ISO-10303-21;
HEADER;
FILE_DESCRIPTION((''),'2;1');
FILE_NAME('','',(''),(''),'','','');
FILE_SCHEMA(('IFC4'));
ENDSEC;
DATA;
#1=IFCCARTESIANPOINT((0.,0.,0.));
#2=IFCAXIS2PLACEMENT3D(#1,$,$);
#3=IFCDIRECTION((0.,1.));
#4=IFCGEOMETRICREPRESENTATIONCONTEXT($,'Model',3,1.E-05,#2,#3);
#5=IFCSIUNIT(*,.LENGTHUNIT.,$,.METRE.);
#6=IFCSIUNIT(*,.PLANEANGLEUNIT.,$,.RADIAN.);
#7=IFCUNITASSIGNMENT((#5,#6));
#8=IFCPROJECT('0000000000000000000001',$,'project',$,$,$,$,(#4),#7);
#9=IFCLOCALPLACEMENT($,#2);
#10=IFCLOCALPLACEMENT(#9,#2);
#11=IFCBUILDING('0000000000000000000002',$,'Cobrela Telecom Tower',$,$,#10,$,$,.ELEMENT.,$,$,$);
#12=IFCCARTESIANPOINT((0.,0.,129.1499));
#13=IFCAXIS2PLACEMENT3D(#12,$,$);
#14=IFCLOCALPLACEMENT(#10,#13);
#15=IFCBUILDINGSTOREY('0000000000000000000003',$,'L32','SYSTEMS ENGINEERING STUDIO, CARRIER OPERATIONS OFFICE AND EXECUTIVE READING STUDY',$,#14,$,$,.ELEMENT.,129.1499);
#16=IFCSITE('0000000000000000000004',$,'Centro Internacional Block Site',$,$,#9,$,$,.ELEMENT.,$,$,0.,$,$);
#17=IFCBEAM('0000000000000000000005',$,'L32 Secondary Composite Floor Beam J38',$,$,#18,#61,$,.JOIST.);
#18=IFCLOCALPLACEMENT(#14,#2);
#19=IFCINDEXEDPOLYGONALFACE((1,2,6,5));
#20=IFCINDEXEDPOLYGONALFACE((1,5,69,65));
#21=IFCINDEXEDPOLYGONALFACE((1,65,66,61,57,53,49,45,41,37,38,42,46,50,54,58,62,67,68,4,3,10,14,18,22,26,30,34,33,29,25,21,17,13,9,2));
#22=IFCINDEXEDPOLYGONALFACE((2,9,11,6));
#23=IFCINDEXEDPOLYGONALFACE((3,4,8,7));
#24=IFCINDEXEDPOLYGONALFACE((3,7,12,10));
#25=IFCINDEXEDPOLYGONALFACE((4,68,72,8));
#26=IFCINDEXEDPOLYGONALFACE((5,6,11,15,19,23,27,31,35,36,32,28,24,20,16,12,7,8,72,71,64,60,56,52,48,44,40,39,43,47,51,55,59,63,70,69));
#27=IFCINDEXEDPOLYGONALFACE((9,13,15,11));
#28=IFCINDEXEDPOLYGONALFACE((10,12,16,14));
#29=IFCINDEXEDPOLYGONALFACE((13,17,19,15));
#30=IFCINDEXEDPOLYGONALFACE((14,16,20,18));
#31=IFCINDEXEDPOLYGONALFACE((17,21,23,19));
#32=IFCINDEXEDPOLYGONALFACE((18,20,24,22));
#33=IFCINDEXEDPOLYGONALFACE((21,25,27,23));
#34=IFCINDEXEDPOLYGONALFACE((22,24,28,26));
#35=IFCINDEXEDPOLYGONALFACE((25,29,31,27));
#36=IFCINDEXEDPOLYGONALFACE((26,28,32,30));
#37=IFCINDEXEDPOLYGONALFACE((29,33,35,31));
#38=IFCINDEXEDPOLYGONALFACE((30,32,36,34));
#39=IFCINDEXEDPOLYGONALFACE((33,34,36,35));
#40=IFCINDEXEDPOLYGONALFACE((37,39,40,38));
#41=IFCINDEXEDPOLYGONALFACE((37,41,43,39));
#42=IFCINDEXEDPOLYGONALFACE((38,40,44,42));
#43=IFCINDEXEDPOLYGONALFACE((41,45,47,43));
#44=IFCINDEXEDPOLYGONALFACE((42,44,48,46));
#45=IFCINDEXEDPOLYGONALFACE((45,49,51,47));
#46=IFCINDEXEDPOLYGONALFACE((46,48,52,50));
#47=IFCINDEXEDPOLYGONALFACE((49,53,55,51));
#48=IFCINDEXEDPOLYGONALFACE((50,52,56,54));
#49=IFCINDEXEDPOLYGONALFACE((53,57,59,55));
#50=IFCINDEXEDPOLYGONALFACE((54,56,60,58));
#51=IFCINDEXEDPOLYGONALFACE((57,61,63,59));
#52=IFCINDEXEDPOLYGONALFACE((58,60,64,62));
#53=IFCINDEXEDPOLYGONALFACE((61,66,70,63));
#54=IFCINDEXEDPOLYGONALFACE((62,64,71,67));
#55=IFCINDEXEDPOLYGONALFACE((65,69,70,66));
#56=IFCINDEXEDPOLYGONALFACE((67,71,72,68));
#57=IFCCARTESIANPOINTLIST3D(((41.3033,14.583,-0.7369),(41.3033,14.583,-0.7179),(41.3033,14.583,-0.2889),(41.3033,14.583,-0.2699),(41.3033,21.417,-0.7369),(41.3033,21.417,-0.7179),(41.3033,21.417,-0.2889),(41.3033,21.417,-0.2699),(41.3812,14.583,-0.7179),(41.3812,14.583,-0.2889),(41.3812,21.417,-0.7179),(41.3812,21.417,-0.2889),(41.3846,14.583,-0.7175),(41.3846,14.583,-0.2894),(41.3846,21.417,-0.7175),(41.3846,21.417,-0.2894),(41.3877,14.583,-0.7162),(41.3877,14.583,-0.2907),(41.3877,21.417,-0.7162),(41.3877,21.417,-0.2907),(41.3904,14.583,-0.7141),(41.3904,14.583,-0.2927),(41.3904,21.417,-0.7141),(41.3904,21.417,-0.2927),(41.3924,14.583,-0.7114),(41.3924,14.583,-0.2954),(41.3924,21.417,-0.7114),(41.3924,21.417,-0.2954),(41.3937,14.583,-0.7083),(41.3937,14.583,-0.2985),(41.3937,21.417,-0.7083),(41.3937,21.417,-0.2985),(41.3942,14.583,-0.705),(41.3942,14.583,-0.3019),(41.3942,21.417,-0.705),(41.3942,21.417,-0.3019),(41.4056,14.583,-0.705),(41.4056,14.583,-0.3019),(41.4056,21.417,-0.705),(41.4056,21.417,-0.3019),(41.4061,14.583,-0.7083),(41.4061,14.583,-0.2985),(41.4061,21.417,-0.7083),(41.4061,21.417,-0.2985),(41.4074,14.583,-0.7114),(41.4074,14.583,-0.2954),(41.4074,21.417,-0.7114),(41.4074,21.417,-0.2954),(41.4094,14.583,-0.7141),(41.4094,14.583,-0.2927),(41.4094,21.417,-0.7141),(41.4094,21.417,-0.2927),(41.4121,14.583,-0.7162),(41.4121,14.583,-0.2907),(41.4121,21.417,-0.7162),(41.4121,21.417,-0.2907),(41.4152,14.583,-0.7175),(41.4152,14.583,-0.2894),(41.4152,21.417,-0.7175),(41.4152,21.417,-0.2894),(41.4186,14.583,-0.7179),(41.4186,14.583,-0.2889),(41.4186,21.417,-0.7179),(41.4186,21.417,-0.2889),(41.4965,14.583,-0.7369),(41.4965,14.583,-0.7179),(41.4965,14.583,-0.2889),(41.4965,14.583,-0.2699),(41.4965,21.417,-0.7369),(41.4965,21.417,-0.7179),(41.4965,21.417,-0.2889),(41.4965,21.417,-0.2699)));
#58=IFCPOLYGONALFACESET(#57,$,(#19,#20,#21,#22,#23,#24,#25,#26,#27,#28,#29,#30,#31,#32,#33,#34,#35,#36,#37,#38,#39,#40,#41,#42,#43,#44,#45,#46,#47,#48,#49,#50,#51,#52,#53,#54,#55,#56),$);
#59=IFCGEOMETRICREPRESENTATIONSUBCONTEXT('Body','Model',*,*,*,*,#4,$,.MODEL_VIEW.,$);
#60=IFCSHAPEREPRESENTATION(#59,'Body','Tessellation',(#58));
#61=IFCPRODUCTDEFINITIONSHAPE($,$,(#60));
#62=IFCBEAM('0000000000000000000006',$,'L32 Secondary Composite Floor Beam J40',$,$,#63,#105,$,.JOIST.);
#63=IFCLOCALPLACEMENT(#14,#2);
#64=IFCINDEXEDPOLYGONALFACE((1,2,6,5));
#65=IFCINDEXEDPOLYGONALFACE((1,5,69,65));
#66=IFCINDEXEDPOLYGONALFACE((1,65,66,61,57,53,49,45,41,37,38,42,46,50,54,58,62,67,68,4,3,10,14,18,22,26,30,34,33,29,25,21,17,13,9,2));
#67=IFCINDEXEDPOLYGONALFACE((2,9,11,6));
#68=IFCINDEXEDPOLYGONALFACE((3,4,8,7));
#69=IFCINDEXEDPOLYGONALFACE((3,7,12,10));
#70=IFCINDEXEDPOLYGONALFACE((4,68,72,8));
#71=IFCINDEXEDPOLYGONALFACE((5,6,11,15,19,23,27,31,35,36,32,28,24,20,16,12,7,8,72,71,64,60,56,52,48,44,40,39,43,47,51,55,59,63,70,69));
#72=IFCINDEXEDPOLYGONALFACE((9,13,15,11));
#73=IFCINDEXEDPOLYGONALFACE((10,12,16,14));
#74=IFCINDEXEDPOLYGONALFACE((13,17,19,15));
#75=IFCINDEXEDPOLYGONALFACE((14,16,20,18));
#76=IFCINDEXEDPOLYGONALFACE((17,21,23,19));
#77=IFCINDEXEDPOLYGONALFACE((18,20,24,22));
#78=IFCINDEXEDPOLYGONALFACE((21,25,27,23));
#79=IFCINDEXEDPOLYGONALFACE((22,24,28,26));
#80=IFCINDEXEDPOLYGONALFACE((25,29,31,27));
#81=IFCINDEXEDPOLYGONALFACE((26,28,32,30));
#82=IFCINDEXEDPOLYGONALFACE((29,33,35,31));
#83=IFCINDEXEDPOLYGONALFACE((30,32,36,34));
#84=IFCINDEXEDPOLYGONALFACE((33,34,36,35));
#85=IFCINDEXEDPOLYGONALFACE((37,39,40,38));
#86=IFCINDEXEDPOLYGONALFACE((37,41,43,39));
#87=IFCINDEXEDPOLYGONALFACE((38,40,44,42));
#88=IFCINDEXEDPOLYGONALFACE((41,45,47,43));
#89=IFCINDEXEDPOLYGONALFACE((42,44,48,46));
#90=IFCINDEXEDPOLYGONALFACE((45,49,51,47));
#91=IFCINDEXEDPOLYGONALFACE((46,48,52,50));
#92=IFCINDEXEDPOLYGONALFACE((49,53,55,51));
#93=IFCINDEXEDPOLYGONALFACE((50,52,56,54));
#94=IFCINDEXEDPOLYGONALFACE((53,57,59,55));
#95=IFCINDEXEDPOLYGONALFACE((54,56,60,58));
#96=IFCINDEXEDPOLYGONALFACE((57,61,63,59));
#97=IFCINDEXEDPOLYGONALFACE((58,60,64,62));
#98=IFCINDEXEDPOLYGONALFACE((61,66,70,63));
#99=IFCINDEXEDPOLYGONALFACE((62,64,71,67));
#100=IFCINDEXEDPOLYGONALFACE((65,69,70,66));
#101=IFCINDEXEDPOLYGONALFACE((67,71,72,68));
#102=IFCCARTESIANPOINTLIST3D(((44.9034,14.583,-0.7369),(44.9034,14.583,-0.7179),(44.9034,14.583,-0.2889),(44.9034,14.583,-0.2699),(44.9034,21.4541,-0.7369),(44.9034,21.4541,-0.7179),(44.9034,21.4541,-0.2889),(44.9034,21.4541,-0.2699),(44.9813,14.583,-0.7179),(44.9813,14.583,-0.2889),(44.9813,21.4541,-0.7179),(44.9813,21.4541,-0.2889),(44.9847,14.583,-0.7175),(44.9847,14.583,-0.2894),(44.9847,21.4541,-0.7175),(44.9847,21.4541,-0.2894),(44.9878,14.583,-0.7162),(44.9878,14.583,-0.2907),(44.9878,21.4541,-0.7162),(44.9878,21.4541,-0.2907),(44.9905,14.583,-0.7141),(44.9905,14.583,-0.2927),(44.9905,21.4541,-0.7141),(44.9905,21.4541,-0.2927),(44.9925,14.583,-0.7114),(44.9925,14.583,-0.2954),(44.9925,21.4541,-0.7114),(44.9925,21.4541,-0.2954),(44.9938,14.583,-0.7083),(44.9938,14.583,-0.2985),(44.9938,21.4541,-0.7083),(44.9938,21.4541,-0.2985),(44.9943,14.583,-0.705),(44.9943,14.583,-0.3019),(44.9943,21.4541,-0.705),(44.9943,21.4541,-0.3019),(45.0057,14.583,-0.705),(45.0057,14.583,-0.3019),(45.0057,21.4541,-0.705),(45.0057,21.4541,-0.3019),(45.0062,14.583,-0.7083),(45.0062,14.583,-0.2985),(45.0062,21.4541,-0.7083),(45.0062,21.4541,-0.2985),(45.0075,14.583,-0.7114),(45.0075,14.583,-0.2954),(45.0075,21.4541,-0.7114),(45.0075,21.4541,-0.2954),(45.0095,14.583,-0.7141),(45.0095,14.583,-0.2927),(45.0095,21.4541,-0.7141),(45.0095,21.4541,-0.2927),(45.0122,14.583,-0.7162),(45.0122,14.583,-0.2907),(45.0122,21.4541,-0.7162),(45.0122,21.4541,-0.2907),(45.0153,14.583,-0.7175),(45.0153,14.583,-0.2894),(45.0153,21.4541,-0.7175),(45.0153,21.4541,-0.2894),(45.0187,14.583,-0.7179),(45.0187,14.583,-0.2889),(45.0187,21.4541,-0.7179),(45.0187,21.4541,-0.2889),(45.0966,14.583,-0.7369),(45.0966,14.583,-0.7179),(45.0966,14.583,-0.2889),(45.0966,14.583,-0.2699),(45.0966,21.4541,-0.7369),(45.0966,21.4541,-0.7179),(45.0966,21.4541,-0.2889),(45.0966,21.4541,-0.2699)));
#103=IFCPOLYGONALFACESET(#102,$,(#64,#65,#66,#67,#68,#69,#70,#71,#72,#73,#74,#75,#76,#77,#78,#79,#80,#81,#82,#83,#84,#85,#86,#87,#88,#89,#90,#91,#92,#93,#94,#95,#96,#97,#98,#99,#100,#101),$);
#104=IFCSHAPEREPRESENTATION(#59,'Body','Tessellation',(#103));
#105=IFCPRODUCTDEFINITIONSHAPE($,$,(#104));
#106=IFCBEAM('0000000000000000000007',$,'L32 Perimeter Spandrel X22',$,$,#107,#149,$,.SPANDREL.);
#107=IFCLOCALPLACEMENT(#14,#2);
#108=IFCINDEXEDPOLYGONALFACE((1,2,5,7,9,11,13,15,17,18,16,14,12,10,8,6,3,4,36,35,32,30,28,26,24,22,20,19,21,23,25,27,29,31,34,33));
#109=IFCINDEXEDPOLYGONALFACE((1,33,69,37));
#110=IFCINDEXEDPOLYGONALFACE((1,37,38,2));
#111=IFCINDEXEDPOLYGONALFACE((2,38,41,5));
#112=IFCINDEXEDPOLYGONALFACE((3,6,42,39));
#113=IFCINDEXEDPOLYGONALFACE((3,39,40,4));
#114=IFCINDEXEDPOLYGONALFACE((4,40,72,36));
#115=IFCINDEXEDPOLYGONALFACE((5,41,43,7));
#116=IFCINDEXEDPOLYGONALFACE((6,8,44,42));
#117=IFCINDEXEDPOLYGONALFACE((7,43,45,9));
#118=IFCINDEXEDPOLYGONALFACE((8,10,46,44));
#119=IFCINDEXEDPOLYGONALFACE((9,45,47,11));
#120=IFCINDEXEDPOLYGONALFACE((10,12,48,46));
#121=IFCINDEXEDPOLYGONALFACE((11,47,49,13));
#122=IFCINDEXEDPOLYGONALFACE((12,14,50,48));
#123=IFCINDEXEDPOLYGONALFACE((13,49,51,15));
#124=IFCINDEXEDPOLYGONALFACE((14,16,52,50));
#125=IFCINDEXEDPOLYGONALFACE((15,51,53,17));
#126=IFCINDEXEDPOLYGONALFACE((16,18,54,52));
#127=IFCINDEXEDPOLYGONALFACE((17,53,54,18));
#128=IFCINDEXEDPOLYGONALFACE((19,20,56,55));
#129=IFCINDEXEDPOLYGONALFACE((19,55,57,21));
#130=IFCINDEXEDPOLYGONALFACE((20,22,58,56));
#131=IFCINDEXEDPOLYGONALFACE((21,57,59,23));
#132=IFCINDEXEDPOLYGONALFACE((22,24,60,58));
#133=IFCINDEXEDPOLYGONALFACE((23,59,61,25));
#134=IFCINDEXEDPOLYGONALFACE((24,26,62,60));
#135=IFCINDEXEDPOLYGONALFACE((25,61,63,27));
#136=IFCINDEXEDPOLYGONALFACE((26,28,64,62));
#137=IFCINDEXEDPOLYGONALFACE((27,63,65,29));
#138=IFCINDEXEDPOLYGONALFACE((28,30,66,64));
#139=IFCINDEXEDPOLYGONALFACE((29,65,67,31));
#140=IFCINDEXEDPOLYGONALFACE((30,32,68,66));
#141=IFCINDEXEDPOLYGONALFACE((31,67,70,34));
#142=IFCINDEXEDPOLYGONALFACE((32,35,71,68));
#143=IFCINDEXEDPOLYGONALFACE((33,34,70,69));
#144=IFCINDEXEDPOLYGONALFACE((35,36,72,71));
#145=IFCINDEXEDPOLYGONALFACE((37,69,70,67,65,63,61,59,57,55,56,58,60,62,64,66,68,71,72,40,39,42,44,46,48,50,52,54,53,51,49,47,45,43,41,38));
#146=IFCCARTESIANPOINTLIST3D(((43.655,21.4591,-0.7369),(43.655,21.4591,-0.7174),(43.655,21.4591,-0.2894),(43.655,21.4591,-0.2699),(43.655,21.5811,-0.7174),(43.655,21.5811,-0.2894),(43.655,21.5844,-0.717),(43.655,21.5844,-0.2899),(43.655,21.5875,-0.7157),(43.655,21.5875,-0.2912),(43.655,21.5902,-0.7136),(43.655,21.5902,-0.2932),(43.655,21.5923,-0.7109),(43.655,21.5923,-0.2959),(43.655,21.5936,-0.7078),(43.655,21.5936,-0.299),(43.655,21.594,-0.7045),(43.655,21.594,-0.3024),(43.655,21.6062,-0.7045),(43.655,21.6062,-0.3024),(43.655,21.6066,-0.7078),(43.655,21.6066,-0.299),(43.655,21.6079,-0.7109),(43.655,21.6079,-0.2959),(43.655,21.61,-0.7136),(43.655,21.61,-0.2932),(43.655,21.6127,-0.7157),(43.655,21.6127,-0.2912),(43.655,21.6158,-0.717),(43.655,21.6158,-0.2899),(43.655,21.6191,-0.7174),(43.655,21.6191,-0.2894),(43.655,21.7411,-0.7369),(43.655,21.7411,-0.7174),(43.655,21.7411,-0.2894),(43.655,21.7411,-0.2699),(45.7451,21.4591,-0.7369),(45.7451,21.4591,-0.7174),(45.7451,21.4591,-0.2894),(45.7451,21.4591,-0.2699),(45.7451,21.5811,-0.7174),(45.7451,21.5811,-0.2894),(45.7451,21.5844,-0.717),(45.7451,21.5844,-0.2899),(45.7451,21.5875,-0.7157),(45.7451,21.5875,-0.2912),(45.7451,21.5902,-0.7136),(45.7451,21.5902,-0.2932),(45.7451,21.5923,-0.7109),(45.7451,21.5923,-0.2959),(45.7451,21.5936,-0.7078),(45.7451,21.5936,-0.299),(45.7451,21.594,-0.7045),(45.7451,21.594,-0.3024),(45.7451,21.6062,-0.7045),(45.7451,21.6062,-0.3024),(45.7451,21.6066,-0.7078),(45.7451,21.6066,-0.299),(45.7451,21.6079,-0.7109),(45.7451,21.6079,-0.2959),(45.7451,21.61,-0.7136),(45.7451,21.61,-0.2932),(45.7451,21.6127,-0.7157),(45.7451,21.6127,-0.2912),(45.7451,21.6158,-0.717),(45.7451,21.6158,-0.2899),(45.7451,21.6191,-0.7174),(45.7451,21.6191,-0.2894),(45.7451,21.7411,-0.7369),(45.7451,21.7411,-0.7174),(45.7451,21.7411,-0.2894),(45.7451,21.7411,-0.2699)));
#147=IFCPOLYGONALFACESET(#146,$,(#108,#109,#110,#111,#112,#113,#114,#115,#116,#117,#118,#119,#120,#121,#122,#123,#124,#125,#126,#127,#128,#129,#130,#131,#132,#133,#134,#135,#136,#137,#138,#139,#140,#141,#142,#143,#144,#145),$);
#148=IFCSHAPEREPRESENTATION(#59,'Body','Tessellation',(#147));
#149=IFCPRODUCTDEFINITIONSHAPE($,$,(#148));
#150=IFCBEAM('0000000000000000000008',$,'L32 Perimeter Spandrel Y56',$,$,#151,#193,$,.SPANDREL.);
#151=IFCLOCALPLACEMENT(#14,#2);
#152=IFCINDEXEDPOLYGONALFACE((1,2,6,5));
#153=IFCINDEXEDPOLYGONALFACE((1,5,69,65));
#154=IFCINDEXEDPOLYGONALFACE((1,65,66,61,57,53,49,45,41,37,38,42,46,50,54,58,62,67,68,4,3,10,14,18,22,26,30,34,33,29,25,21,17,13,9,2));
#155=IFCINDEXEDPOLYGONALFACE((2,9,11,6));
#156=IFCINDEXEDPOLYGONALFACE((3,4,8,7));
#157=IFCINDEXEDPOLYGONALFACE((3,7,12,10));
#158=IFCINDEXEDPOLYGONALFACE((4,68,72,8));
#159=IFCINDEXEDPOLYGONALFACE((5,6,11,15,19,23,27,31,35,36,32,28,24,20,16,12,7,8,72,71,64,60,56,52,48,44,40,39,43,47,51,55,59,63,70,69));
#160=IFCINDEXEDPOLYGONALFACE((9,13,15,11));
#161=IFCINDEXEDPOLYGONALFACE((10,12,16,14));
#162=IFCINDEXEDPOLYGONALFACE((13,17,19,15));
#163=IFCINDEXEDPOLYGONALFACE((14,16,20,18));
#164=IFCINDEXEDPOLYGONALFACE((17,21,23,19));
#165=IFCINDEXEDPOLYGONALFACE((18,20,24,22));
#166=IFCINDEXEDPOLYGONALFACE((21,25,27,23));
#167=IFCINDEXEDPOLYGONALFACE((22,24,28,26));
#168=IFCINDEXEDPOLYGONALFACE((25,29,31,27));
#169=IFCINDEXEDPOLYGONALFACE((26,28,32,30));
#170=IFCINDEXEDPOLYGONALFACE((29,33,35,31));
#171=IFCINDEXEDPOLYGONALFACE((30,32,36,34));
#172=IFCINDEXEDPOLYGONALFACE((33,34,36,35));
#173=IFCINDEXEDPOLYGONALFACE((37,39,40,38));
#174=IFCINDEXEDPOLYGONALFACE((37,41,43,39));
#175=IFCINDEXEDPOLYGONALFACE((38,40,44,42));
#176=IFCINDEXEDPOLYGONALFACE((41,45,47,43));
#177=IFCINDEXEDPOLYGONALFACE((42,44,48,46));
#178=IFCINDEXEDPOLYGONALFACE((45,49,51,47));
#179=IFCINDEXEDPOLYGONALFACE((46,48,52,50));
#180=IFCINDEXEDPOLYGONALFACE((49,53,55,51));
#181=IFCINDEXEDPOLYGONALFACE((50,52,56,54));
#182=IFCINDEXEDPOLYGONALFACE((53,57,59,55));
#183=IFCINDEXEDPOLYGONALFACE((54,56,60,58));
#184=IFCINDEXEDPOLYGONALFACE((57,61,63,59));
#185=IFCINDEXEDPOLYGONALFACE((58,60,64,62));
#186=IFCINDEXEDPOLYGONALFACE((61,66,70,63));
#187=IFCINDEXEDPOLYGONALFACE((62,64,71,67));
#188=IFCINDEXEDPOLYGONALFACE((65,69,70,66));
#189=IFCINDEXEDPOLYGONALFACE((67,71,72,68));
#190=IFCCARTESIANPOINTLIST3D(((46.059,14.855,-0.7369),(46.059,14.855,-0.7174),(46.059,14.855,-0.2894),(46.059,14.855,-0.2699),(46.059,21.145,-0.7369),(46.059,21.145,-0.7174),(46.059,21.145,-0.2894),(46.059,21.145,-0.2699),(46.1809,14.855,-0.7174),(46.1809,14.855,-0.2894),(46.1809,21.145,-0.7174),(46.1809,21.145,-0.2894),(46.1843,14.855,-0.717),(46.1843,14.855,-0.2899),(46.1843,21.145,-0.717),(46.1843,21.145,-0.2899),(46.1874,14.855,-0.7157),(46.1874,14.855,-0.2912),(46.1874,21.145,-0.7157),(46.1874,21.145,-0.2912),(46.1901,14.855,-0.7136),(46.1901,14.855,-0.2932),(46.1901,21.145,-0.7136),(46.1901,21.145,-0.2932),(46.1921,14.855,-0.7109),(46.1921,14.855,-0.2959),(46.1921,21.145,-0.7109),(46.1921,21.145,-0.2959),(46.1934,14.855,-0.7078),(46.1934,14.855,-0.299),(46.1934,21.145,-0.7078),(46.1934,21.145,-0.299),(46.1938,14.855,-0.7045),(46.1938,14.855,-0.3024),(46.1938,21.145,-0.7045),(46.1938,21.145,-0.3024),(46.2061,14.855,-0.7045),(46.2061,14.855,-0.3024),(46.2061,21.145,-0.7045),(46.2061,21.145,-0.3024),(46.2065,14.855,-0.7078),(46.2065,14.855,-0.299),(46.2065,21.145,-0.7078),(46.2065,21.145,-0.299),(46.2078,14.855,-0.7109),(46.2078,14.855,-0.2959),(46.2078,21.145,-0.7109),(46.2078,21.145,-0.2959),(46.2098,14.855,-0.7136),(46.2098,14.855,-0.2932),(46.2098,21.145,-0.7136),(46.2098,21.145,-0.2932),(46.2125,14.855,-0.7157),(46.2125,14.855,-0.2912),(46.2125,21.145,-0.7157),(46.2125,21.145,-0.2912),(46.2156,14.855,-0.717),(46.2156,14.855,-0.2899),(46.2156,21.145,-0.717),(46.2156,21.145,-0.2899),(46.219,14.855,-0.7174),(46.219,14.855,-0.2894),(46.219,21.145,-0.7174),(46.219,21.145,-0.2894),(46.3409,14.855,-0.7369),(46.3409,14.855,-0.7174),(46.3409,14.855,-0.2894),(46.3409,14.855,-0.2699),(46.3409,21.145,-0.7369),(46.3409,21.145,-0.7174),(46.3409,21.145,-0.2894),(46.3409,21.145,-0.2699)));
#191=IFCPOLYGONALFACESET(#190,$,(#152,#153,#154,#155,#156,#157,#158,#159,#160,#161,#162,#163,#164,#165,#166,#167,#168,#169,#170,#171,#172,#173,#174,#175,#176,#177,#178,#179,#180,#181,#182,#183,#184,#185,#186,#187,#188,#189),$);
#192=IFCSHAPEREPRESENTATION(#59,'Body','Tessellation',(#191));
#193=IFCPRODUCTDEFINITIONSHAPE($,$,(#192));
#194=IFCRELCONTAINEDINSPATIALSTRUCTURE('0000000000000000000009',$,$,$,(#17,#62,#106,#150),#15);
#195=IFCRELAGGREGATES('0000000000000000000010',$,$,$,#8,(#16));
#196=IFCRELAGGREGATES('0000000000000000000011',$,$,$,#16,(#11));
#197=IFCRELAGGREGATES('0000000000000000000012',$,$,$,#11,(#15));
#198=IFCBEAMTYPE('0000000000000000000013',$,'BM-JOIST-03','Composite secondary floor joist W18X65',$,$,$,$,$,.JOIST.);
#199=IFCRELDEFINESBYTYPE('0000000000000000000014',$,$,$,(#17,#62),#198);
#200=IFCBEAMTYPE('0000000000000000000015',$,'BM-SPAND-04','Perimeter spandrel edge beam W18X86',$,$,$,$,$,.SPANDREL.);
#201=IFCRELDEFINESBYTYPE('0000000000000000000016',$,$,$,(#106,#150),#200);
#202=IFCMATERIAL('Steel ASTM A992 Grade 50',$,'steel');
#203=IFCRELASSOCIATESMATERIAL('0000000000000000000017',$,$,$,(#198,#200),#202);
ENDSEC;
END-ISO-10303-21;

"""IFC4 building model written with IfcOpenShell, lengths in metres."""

from ifc_helpers import new_model, si_unit, direction, frame, origin, origin_2d, place, context, subcontext, project, spatial, i_section, extrude, material, material_profile, profile_set, type_object, element, save


model = new_model("IFC4")

# Units and contexts
model_context = context("Model", 3, precision=1e-05, world=origin(), true_north=direction((0.0, 1.0)))
body_context = subcontext(model_context, "Body", "Model", "MODEL_VIEW")
ifc_project = project(units=[si_unit("LENGTHUNIT", "METRE"), si_unit("PLANEANGLEUNIT", "RADIAN")], contexts=[model_context])

# Site, building, storey
site_placement = place(None, origin())
site = spatial("IfcSite", under=ifc_project, at=site_placement, Name="Centro Internacional Block Site", CompositionType="ELEMENT", RefElevation=0.0)
building_placement = place(site_placement, origin())
building = spatial("IfcBuilding", under=site, at=building_placement, Name="Cobrela Telecom Tower", CompositionType="ELEMENT")
storey_placement = place(building_placement, frame((0.0, 0.0, 129.1499)))
storey = spatial("IfcBuildingStorey", under=building, at=storey_placement, Name="L32", Description="SYSTEMS ENGINEERING STUDIO, CARRIER OPERATIONS OFFICE AND EXECUTIVE READING STUDY", CompositionType="ELEMENT", Elevation=129.1499)

# Beams
ifc_material_1 = material(Name="Steel ASTM A992 Grade 50", Category="steel")
ifc_material_profile_1 = material_profile(ifc_material_1, i_section(OverallWidth=0.1931, OverallDepth=0.467, WebThickness=0.0115, FlangeThickness=0.019, FilletRadius=0.0129, at=origin_2d()), Name="W18X65")
ifc_profile_set_1 = profile_set([ifc_material_profile_1], Name="Steel ASTM A992 Grade 50")
beam_type_1 = type_object("IfcBeamType", Name="BM-JOIST-03", Description="Composite secondary floor joist W18X65", PredefinedType="JOIST", material=ifc_profile_set_1)
for number, where, z_axis, x_axis, name in (
    (1, (41.3999, 14.583, -0.5034), (0.0, 1.0, 0.0), (-1.0, 0.0, 0.0), "L32 Secondary Composite Floor Beam J38"),
):
    element("IfcBeam", number, at=place(storey_placement, frame(where, z_axis=z_axis, x_axis=x_axis)), inside=storey, type_object=beam_type_1, Name=name, PredefinedType="JOIST", context=body_context, shape_type="SweptSolid", body=[
        extrude(i_section(OverallWidth=0.1931, OverallDepth=0.467, WebThickness=0.0115, FlangeThickness=0.019, FilletRadius=0.0129, at=origin_2d()), origin(), (0.0, 0.0, 1.0), 6.834),
    ])
beam_1_placement = place(storey_placement, frame((45.0, 14.583, -0.5034), z_axis=(0.0, 1.0, 0.0), x_axis=(-1.0, 0.0, 0.0)))
element("IfcBeam", 2, at=beam_1_placement, inside=storey, type_object=beam_type_1, Name="L32 Secondary Composite Floor Beam J40", PredefinedType="JOIST", context=body_context, shape_type="SweptSolid", body=[
    extrude(i_section(OverallWidth=0.1931, OverallDepth=0.467, WebThickness=0.0115, FlangeThickness=0.019, FilletRadius=0.0129, at=origin_2d()), origin(), (0.0, 0.0, 1.0), 6.8711),
])
ifc_material_profile_2 = material_profile(ifc_material_1, i_section(OverallWidth=0.282, OverallDepth=0.467, WebThickness=0.0122, FlangeThickness=0.0195, FilletRadius=0.0129, at=origin_2d()), Name="W18X86")
ifc_profile_set_2 = profile_set([ifc_material_profile_2], Name="Steel ASTM A992 Grade 50")
beam_type_2 = type_object("IfcBeamType", Name="BM-SPAND-04", Description="Perimeter spandrel edge beam W18X86", PredefinedType="SPANDREL", material=ifc_profile_set_2)
beam_2_placement = place(storey_placement, frame((43.655, 21.6001, -0.5034), z_axis=(1.0, 0.0, 0.0), x_axis=(0.0, 1.0, 0.0)))
element("IfcBeam", 3, at=beam_2_placement, inside=storey, type_object=beam_type_2, Name="L32 Perimeter Spandrel X22", PredefinedType="SPANDREL", context=body_context, shape_type="SweptSolid", body=[
    extrude(i_section(OverallWidth=0.282, OverallDepth=0.467, WebThickness=0.0122, FlangeThickness=0.0195, FilletRadius=0.0129, at=origin_2d()), origin(), (0.0, 0.0, 1.0), 2.0901),
])
beam_3_placement = place(storey_placement, frame((46.2, 14.855, -0.5034), z_axis=(0.0, 1.0, 0.0), x_axis=(-1.0, 0.0, 0.0)))
element("IfcBeam", 4, at=beam_3_placement, inside=storey, type_object=beam_type_2, Name="L32 Perimeter Spandrel Y56", PredefinedType="SPANDREL", context=body_context, shape_type="SweptSolid", body=[
    extrude(i_section(OverallWidth=0.282, OverallDepth=0.467, WebThickness=0.0122, FlangeThickness=0.0195, FilletRadius=0.0129, at=origin_2d()), origin(), (0.0, 0.0, 1.0), 6.29),
])

save(model, "model.ifc")
